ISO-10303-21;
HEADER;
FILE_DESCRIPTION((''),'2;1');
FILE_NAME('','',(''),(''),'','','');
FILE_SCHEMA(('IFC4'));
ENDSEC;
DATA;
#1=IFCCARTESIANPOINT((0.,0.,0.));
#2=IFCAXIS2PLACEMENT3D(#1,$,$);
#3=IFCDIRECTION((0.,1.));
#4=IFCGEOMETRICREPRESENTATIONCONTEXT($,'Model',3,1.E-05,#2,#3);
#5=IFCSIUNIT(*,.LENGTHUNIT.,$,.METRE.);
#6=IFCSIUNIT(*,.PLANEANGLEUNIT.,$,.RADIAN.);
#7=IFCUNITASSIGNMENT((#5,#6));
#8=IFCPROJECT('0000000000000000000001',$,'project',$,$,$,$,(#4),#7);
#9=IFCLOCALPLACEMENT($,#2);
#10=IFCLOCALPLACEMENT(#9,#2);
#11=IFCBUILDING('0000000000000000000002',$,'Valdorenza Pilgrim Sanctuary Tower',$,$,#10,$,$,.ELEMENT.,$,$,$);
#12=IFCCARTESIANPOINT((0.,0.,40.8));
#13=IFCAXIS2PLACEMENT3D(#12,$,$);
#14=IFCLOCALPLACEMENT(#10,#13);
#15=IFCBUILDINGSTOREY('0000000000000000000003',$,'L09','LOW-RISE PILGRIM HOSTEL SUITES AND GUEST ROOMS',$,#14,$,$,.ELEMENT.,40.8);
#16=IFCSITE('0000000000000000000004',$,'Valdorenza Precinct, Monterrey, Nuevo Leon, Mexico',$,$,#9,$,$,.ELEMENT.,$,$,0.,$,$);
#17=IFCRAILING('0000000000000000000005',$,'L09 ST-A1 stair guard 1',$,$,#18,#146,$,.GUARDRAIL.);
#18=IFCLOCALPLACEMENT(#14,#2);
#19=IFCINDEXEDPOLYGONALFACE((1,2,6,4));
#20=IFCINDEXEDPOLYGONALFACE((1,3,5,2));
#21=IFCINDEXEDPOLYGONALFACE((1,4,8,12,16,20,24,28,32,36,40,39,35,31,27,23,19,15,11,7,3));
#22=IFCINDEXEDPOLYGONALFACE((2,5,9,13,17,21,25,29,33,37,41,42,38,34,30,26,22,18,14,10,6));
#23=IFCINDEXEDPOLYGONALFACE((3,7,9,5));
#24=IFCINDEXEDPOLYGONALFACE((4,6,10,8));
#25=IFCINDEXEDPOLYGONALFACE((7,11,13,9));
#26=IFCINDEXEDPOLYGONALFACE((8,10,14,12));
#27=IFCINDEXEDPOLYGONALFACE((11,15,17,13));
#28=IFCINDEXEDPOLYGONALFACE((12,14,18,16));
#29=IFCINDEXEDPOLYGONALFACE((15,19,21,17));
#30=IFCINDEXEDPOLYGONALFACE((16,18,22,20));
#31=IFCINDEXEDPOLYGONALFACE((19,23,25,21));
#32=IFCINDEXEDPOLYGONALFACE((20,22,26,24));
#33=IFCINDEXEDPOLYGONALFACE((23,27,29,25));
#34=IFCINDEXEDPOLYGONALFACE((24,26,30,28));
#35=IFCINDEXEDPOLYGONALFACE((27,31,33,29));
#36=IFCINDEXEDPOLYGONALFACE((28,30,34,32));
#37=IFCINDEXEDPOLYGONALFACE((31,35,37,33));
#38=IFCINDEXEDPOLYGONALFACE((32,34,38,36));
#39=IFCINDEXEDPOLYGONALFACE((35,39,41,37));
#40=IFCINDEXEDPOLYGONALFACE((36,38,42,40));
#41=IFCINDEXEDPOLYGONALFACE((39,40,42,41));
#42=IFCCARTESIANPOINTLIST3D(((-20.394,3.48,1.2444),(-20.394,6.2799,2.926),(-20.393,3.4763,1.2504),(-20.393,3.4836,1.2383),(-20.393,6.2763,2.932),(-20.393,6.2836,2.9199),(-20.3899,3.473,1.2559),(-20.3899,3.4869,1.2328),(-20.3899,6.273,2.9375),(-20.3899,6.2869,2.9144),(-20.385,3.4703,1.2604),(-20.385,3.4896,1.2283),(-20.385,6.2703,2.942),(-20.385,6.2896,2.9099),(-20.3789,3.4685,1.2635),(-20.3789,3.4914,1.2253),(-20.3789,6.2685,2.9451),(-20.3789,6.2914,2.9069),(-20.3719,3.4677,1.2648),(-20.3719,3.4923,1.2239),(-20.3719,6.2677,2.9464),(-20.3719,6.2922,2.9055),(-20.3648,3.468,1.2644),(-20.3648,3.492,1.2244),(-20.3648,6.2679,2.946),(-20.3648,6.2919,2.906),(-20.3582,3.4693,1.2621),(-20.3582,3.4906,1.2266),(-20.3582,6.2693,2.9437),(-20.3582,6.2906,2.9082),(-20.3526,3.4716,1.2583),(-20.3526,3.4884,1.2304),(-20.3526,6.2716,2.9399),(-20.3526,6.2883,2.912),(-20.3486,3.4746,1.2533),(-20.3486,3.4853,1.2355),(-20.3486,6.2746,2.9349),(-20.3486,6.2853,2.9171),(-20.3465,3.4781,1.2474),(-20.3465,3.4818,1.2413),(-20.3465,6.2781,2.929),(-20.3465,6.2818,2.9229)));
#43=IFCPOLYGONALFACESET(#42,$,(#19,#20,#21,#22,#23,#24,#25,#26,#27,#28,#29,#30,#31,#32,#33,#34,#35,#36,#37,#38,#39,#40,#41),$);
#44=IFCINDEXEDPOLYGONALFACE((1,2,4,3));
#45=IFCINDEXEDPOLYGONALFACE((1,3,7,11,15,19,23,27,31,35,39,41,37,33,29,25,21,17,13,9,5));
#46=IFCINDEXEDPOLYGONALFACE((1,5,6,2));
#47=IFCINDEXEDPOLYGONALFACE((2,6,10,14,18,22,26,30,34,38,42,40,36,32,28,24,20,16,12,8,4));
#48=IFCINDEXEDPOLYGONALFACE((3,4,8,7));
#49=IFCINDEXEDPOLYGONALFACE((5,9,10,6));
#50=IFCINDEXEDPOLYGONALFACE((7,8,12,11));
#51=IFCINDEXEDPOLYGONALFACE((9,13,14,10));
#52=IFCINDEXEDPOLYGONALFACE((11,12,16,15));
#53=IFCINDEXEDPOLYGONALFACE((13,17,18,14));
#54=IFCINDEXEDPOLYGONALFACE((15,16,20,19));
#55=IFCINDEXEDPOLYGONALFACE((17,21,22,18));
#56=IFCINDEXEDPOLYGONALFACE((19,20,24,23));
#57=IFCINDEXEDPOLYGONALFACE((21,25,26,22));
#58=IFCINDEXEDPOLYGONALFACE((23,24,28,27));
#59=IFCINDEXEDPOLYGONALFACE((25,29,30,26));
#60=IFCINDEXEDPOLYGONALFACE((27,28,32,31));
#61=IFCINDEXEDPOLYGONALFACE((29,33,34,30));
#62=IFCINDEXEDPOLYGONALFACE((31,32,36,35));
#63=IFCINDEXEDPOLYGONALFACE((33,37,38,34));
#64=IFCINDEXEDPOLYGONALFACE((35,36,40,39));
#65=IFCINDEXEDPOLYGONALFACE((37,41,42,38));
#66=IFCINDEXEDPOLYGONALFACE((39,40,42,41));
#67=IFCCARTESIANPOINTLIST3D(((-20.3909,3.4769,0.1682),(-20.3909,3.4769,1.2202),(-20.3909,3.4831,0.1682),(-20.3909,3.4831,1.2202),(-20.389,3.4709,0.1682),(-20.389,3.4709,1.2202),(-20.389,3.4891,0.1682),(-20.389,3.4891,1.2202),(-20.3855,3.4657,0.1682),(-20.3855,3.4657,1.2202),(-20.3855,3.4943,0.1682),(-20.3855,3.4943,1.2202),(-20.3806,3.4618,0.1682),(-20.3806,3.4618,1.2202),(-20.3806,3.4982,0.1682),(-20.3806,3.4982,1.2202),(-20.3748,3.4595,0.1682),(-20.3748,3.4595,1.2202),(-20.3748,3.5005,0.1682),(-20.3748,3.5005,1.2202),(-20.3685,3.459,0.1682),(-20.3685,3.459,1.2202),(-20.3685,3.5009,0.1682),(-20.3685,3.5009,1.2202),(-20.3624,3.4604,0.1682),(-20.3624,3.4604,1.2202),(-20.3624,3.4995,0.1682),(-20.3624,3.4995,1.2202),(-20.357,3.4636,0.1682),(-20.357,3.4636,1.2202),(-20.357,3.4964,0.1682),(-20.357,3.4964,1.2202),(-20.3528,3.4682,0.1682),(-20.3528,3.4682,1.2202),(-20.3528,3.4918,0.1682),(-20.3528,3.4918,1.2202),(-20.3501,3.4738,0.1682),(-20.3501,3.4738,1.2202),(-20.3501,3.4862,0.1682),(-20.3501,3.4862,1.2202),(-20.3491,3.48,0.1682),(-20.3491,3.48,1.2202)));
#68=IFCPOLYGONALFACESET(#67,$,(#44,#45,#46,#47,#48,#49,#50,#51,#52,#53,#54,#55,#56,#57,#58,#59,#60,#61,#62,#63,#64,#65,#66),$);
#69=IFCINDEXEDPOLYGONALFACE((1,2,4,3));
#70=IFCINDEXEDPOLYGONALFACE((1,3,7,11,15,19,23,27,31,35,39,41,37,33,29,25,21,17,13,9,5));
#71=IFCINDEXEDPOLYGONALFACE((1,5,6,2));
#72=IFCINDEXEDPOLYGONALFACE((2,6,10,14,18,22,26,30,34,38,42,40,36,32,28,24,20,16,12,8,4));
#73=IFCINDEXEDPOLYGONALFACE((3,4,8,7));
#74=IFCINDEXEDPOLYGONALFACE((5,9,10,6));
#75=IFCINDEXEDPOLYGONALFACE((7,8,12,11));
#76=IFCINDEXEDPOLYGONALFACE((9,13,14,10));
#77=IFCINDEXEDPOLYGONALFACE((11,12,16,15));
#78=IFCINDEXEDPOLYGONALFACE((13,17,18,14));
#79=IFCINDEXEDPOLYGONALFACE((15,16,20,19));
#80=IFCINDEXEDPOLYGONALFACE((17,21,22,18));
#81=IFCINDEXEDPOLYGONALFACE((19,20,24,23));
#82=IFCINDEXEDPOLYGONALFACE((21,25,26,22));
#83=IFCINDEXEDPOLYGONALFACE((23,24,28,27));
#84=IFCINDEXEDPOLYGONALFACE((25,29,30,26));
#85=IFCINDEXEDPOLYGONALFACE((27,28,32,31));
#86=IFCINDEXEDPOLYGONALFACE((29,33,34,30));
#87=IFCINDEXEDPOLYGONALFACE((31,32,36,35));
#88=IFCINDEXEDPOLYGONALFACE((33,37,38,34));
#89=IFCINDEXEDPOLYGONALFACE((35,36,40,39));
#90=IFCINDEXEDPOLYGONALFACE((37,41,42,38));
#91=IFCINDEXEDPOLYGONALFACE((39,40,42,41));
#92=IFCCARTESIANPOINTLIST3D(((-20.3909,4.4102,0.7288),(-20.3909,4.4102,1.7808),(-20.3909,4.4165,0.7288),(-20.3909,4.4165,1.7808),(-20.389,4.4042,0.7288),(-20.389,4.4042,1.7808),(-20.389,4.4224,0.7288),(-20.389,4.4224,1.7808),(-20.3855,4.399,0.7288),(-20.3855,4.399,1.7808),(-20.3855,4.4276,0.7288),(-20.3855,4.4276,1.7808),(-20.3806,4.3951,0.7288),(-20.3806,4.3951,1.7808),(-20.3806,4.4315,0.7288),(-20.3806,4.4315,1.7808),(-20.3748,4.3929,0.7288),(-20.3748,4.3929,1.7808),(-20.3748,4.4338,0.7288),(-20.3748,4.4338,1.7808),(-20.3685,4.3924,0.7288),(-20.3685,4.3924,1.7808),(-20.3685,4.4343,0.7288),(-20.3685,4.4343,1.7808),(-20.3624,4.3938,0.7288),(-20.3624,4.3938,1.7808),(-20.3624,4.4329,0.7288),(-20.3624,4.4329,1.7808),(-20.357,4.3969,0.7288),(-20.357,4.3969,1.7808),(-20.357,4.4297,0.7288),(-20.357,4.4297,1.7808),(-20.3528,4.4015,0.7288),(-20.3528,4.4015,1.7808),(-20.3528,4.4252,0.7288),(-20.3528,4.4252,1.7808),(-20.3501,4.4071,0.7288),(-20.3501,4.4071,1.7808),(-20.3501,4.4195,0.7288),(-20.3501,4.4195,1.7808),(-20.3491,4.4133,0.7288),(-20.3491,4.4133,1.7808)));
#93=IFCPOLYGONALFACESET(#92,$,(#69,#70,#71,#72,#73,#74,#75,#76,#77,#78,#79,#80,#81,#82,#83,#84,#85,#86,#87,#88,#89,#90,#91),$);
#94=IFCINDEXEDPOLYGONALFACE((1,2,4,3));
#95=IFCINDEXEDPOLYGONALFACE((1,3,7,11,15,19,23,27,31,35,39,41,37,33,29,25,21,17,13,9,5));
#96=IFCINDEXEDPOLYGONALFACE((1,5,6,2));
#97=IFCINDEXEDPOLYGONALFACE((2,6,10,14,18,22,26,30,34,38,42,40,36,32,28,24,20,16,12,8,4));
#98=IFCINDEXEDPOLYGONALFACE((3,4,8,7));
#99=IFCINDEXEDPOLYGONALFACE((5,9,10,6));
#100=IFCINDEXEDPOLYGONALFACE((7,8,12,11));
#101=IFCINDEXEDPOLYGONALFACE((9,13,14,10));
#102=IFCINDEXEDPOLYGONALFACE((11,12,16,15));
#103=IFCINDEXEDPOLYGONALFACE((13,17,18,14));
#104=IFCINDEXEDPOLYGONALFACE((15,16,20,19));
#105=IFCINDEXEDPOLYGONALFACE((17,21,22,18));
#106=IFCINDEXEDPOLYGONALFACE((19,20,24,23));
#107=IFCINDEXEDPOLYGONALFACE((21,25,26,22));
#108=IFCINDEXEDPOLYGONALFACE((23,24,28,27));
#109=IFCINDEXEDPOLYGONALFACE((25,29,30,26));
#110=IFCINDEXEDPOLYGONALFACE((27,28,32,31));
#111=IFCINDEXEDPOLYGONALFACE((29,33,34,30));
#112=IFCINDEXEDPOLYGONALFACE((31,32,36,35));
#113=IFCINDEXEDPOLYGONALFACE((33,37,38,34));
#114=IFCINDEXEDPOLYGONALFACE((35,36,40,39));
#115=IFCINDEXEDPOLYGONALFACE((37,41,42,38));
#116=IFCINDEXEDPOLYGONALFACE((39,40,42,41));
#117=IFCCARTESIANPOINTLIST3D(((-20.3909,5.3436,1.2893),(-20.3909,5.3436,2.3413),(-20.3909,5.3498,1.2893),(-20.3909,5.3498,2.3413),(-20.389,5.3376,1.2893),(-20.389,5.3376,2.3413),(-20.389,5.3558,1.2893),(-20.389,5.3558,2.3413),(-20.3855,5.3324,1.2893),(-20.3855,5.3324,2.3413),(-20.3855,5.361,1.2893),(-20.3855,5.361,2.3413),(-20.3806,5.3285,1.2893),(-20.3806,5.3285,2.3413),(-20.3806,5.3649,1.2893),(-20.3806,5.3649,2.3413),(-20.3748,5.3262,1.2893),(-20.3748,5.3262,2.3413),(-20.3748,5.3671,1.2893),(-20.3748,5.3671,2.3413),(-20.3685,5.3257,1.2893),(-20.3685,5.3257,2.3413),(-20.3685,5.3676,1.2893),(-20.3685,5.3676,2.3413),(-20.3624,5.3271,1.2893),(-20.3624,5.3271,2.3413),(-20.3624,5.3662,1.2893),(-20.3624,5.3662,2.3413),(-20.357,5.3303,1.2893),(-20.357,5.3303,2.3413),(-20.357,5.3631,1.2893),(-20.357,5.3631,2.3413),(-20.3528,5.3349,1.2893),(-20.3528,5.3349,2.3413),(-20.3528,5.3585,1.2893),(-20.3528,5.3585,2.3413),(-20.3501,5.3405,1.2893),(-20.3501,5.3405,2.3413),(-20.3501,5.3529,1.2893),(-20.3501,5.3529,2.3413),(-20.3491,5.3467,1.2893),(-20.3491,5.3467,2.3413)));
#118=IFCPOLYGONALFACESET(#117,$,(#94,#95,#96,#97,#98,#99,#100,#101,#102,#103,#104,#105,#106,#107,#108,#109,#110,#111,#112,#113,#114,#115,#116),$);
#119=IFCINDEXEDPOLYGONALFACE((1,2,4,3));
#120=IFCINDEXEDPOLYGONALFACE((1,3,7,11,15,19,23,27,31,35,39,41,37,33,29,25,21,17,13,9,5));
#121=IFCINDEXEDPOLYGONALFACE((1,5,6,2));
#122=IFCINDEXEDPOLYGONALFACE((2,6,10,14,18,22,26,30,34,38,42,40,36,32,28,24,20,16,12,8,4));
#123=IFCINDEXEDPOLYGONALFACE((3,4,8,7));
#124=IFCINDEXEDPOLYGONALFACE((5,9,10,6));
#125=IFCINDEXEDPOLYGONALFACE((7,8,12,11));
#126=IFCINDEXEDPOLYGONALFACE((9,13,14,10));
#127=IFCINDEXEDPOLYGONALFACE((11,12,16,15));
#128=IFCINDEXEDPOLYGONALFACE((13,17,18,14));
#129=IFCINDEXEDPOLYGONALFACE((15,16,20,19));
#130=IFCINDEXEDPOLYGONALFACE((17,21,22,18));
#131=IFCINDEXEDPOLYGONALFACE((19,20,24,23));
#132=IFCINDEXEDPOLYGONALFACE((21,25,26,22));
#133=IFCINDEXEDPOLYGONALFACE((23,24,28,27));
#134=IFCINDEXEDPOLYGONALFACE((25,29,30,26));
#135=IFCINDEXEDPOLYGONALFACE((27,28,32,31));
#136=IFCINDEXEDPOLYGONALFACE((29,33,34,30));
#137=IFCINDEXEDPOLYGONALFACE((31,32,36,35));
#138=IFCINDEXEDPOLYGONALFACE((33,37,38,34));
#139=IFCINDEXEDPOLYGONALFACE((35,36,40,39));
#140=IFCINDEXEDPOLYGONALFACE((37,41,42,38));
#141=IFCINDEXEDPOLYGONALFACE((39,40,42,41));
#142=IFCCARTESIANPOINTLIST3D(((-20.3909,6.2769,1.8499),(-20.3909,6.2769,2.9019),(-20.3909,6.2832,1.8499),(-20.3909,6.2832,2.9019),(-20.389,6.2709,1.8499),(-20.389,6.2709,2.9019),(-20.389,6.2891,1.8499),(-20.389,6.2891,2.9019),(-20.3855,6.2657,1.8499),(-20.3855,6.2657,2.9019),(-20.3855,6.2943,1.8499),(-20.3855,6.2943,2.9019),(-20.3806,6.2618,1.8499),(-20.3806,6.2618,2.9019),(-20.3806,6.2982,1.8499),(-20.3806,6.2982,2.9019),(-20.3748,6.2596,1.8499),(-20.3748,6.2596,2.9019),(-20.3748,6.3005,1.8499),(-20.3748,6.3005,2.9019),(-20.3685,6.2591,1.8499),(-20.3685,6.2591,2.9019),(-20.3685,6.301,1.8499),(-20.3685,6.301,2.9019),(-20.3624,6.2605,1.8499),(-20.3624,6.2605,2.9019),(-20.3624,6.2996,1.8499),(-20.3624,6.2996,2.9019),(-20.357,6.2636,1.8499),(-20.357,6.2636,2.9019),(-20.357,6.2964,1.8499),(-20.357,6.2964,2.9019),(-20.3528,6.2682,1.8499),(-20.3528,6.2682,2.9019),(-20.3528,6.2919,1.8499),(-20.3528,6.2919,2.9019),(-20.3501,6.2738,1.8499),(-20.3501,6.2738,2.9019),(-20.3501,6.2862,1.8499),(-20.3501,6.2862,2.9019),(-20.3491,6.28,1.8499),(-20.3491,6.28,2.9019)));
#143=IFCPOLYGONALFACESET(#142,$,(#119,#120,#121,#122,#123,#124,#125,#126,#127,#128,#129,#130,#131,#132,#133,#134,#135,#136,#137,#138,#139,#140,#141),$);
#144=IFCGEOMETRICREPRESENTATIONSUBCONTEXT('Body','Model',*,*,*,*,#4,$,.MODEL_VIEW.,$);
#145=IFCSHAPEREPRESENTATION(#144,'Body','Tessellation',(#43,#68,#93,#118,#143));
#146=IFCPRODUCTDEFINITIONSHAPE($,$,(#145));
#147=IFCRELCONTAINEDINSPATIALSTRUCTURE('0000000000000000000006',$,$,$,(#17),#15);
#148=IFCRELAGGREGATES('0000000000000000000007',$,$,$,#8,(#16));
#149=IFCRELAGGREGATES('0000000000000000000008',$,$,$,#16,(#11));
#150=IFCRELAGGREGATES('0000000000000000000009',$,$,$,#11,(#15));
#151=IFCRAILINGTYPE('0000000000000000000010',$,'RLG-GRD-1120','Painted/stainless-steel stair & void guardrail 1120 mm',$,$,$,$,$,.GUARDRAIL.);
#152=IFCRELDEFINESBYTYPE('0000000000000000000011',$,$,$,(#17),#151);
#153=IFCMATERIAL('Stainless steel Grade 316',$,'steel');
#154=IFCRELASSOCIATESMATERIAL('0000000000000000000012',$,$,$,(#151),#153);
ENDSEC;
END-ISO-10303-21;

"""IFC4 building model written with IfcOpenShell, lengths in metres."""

from ifc_helpers import new_model, si_unit, direction, frame, origin, origin_2d, place, context, subcontext, project, spatial, circle, extrude, material, type_object, element, save


model = new_model("IFC4")

# Units and contexts
model_context = context("Model", 3, precision=1e-05, world=origin(), true_north=direction((0.0, 1.0)))
body_context = subcontext(model_context, "Body", "Model", "MODEL_VIEW")
ifc_project = project(units=[si_unit("LENGTHUNIT", "METRE"), si_unit("PLANEANGLEUNIT", "RADIAN")], contexts=[model_context])

# Site, building, storey
site_placement = place(None, origin())
site = spatial("IfcSite", under=ifc_project, at=site_placement, Name="Valdorenza Precinct, Monterrey, Nuevo Leon, Mexico", CompositionType="ELEMENT", RefElevation=0.0)
building_placement = place(site_placement, origin())
building = spatial("IfcBuilding", under=site, at=building_placement, Name="Valdorenza Pilgrim Sanctuary Tower", CompositionType="ELEMENT")
storey_placement = place(building_placement, frame((0.0, 0.0, 40.8)))
storey = spatial("IfcBuildingStorey", under=building, at=storey_placement, Name="L09", Description="LOW-RISE PILGRIM HOSTEL SUITES AND GUEST ROOMS", CompositionType="ELEMENT", Elevation=40.8)

# Railing
ifc_material_1 = material(Name="Stainless steel Grade 316", Category="steel")
railing_type_1 = type_object("IfcRailingType", Name="RLG-GRD-1120", Description="Painted/stainless-steel stair & void guardrail 1120 mm", PredefinedType="GUARDRAIL", material=ifc_material_1)
railing_1_placement = place(storey_placement, frame((-20.3701, 3.48, 0.1682)))
element("IfcRailing", 1, at=railing_1_placement, inside=storey, type_object=railing_type_1, Name="L09 ST-A1 stair guard 1", PredefinedType="GUARDRAIL", context=body_context, shape_type="SweptSolid", body=[
    extrude(circle(Radius=0.0239, at=origin_2d()), frame((0.0, 0.0, 1.0762), z_axis=(0.0, 0.857275, 0.514858), x_axis=(-1.0, 0.0, 0.0)), (0.0, 0.0, 1.0), 3.2661),
    extrude(circle(Radius=0.021, at=origin_2d()), origin(), (0.0, 0.0, 1.0), 1.052),
    extrude(circle(Radius=0.021, at=origin_2d()), frame((0.0, 0.9333, 0.5605)), (0.0, 0.0, 1.0), 1.052),
    extrude(circle(Radius=0.021, at=origin_2d()), frame((0.0, 1.8667, 1.1211)), (0.0, 0.0, 1.0), 1.052),
    extrude(circle(Radius=0.021, at=origin_2d()), frame((0.0, 2.8, 1.6816)), (0.0, 0.0, 1.0), 1.052),
])

save(model, "model.ifc")
